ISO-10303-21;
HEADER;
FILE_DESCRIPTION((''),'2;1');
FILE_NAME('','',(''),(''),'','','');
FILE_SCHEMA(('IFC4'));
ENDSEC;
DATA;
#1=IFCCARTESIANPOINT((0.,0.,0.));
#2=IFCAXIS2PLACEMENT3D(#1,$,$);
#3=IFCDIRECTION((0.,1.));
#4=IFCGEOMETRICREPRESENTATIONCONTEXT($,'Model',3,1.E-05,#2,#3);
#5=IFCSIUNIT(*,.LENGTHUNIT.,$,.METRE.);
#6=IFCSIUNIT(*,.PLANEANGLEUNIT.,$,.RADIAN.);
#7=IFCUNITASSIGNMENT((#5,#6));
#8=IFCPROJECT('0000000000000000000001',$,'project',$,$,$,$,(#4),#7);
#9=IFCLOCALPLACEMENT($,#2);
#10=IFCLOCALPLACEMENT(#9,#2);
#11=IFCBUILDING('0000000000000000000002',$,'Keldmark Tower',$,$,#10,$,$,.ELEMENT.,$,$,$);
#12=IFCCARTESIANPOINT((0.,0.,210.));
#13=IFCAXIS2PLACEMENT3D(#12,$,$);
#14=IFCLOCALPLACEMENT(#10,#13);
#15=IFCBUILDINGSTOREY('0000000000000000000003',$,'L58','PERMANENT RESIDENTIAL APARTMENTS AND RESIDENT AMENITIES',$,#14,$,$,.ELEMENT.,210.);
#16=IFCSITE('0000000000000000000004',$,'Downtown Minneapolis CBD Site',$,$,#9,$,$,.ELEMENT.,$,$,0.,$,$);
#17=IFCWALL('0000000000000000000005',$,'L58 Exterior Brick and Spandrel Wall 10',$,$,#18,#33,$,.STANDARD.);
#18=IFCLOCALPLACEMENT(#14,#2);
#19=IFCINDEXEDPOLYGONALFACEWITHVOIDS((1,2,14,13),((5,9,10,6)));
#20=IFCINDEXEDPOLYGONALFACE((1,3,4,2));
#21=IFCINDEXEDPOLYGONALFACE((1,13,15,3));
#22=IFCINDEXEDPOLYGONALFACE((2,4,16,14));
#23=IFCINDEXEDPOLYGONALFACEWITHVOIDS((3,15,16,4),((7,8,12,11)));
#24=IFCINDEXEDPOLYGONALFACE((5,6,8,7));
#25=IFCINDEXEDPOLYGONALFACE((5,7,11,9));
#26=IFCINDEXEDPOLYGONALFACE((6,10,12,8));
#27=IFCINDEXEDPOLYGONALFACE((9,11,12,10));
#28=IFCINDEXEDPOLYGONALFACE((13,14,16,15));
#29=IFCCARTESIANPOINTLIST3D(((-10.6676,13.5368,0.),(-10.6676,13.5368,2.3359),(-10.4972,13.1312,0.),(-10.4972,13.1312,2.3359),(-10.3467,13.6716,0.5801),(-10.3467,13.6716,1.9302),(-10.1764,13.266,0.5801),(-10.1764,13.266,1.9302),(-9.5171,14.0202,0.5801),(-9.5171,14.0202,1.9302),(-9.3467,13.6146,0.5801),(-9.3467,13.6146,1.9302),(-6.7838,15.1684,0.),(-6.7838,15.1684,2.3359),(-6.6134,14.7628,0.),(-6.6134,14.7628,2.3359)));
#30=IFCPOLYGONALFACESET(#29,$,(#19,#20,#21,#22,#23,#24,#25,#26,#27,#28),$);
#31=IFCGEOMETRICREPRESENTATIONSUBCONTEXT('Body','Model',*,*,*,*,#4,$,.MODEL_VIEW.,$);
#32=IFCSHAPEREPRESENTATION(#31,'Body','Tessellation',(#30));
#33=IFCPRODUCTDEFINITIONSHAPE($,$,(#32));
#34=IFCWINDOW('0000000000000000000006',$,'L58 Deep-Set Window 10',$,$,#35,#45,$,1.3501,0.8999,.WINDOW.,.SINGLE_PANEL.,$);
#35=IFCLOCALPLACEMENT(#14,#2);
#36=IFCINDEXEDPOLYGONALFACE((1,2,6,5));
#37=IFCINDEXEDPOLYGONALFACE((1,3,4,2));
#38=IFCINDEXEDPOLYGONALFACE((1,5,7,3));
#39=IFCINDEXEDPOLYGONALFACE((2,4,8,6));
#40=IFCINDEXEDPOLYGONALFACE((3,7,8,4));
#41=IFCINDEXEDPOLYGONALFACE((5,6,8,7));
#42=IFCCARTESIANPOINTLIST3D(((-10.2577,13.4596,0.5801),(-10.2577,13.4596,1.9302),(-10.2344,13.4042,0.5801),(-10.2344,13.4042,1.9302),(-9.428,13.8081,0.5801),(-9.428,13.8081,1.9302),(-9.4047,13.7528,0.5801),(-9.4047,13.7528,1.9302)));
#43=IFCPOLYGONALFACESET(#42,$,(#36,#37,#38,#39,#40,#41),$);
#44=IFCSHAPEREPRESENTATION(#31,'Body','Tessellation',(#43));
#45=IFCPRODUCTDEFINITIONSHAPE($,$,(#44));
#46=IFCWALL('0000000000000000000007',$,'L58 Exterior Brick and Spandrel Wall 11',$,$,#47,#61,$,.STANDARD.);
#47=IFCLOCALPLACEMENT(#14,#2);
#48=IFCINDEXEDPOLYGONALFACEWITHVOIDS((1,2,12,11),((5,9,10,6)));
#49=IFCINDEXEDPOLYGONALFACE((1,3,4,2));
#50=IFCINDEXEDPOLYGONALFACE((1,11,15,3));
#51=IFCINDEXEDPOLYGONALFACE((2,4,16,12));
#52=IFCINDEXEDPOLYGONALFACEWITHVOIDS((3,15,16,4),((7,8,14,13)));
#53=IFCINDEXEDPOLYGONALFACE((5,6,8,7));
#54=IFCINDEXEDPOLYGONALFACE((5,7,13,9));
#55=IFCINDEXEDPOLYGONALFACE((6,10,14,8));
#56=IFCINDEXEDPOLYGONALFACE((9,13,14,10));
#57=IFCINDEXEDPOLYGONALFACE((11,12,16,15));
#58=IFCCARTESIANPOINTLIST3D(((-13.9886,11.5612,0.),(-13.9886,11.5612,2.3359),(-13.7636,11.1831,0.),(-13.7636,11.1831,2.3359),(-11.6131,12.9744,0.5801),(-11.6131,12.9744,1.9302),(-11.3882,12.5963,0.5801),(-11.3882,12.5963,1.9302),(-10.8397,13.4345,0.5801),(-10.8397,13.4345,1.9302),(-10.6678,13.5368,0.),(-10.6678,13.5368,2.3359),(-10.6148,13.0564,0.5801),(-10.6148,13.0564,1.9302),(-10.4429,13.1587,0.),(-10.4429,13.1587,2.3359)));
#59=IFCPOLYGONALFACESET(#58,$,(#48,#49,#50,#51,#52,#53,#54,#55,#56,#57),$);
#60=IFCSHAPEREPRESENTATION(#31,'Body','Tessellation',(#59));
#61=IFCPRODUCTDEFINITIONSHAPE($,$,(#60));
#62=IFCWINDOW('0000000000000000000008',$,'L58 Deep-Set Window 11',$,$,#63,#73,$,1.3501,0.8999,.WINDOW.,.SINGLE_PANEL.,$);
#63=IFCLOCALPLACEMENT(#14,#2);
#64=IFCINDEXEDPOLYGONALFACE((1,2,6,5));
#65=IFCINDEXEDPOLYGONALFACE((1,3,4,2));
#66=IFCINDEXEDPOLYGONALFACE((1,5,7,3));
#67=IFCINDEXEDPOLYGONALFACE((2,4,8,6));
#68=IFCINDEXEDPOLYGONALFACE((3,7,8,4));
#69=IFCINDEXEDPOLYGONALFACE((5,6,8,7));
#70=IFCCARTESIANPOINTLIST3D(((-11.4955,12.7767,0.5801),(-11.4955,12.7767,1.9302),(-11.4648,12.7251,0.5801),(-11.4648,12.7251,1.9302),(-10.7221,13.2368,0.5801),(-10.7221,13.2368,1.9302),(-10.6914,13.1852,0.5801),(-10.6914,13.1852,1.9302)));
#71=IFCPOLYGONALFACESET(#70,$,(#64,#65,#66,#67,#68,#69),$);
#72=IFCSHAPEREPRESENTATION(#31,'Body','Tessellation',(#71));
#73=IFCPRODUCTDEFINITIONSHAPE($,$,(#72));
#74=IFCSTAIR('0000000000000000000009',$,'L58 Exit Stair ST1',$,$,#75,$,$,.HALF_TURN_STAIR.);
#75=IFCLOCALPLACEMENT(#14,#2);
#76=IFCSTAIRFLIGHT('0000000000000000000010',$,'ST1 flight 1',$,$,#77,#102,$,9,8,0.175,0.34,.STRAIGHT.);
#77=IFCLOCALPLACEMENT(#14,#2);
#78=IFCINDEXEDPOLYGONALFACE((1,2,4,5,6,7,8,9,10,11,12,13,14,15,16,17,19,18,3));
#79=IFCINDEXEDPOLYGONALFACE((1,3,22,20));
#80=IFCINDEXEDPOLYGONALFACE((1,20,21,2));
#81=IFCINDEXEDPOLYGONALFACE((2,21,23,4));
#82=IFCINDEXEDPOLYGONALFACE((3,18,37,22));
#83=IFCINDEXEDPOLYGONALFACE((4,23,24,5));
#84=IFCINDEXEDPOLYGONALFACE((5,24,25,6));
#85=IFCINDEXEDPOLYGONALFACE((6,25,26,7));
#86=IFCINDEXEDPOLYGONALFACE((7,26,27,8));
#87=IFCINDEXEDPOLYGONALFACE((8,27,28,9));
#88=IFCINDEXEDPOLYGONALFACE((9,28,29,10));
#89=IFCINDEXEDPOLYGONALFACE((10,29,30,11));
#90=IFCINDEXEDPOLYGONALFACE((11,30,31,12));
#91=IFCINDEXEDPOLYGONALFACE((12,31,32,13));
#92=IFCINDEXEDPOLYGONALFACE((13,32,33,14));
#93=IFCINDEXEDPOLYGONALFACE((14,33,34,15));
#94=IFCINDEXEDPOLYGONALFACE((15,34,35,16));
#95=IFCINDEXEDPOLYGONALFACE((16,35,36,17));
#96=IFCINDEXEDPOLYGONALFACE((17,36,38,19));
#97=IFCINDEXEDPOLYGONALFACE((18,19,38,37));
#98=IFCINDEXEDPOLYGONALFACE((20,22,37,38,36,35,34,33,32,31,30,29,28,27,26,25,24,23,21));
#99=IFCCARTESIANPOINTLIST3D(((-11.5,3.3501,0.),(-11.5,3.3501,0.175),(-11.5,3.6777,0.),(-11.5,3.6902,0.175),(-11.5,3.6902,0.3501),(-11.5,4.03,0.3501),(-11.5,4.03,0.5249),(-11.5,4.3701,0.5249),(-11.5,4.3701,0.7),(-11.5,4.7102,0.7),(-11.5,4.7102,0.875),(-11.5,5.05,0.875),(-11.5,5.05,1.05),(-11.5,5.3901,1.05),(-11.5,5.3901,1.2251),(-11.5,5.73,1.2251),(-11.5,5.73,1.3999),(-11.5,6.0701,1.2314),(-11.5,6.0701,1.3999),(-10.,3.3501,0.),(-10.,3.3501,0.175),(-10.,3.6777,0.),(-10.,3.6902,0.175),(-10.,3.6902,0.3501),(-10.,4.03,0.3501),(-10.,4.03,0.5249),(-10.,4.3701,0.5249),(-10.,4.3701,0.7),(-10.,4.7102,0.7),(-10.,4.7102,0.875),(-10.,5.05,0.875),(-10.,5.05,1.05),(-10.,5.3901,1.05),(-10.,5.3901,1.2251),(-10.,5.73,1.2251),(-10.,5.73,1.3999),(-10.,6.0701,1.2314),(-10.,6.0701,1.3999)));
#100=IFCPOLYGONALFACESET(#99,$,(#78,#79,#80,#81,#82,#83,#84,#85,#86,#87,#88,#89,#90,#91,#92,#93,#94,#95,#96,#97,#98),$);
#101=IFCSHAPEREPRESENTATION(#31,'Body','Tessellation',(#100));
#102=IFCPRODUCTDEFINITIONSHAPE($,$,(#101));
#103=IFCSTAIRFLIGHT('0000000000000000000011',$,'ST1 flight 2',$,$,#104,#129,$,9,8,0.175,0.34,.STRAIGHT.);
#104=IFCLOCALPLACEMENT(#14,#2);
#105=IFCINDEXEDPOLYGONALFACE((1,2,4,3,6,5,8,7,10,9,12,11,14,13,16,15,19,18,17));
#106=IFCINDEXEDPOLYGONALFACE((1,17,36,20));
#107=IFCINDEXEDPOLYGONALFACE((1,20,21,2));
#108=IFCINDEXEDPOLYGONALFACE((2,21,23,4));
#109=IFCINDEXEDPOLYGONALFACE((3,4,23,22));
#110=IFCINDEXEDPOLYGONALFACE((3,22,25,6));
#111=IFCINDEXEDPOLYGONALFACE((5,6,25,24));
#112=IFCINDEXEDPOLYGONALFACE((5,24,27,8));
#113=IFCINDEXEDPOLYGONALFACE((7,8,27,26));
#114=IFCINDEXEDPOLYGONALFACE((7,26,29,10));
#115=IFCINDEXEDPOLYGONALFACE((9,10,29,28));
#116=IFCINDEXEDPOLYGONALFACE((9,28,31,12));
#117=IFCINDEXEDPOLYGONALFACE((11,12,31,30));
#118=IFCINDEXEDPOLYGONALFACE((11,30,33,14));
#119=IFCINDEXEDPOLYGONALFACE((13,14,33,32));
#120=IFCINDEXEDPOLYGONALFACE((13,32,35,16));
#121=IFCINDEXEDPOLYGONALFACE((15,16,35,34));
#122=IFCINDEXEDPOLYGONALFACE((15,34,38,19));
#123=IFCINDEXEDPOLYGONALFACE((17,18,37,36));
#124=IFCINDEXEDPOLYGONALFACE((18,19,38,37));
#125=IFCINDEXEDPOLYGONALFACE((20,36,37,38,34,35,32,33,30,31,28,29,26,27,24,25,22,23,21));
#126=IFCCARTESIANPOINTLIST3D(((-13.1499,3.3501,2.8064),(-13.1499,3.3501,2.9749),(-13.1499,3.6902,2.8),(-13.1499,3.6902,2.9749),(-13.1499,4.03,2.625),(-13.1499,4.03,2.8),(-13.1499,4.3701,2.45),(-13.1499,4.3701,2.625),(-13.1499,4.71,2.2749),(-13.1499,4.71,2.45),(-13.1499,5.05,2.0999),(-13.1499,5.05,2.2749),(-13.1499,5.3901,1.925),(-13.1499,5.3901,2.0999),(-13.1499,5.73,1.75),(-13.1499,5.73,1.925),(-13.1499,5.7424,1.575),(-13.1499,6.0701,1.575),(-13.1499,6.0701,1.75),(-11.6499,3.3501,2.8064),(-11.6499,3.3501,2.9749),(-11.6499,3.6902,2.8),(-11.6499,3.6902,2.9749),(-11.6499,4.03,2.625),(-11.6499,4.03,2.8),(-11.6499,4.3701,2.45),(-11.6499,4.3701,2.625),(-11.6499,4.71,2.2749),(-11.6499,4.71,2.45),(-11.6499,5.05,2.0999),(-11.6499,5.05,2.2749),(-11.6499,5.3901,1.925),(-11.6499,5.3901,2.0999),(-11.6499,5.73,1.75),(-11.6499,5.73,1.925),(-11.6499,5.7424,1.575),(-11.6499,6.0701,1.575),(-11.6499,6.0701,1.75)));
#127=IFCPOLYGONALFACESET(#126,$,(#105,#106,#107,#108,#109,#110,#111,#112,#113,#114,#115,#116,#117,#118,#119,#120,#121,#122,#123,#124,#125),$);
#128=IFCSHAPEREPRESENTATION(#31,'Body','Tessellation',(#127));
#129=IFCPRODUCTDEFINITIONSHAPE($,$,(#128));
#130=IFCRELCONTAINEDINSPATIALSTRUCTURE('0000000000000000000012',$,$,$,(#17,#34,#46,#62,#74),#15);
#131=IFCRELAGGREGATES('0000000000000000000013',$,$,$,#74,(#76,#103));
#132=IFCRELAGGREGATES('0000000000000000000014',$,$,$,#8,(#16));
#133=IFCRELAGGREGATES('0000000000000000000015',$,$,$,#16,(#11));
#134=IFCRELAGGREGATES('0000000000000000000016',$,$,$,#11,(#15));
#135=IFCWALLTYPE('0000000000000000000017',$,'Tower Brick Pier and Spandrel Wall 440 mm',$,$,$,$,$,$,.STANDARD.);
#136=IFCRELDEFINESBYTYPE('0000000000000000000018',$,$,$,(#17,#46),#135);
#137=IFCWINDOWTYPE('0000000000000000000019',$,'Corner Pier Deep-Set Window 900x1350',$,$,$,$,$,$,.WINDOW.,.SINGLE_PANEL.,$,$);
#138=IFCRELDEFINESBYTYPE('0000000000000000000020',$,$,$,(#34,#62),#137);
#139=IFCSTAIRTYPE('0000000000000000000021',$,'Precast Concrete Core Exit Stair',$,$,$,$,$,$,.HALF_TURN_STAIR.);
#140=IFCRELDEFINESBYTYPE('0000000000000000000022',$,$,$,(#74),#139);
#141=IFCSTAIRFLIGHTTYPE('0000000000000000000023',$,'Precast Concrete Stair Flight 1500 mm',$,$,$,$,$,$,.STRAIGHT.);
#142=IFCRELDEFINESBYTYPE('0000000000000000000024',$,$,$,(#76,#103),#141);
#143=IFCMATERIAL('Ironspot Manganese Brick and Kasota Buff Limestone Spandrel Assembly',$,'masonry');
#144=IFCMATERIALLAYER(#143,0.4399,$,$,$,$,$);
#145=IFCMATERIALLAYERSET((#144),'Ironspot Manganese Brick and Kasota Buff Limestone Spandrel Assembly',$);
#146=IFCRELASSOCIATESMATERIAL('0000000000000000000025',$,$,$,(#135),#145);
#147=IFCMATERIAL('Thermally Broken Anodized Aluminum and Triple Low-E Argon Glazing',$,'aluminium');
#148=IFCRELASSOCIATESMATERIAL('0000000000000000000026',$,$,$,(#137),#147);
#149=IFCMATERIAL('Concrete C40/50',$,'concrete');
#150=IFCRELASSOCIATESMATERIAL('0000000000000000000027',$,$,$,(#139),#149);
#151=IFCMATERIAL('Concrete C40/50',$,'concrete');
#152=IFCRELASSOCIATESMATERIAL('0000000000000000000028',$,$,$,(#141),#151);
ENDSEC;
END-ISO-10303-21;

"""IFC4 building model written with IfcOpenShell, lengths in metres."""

from ifc_helpers import new_model, si_unit, direction, frame, frame_2d, origin, place, context, subcontext, project, spatial, polyline, rectangle, outline, extrude, material, layer, layer_set, type_object, element, fill, aggregate, save


model = new_model("IFC4")

# Units and contexts
model_context = context("Model", 3, precision=1e-05, world=origin(), true_north=direction((0.0, 1.0)))
body_context = subcontext(model_context, "Body", "Model", "MODEL_VIEW")
ifc_project = project(units=[si_unit("LENGTHUNIT", "METRE"), si_unit("PLANEANGLEUNIT", "RADIAN")], contexts=[model_context])

# Site, building, storey
site_placement = place(None, origin())
site = spatial("IfcSite", under=ifc_project, at=site_placement, Name="Downtown Minneapolis CBD Site", CompositionType="ELEMENT", RefElevation=0.0)
building_placement = place(site_placement, origin())
building = spatial("IfcBuilding", under=site, at=building_placement, Name="Keldmark Tower", CompositionType="ELEMENT")
storey_placement = place(building_placement, frame((0.0, 0.0, 210.0)))
storey = spatial("IfcBuildingStorey", under=building, at=storey_placement, Name="L58", Description="PERMANENT RESIDENTIAL APARTMENTS AND RESIDENT AMENITIES", CompositionType="ELEMENT", Elevation=210.0)

# Walls, openings, windows
ifc_material_1 = material(Name="Ironspot Manganese Brick and Kasota Buff Limestone Spandrel Assembly", Category="masonry")
ifc_layer_1 = layer(ifc_material_1, 0.4399)
ifc_layer_set_1 = layer_set([ifc_layer_1], Name="Ironspot Manganese Brick and Kasota Buff Limestone Spandrel Assembly")
wall_type_1 = type_object("IfcWallType", Name="Tower Brick Pier and Spandrel Wall 440 mm", PredefinedType="STANDARD", material=ifc_layer_set_1)
wall_1_placement = place(storey_placement, frame((-10.5825, 13.334, 0.0), z_axis=(0.0, 0.0, 1.0), x_axis=(0.921948, 0.387313, 0.0)))
wall_1 = element("IfcWall", 1, at=wall_1_placement, inside=storey, type_object=wall_type_1, Name="L58 Exterior Brick and Spandrel Wall 10", PredefinedType="STANDARD", context=body_context, shape_type="SweptSolid", body=[
    extrude(rectangle(XDim=4.2126, YDim=0.4399, at=frame_2d((2.1064, 0.0))), origin(), (0.0, 0.0, 1.0), 2.3359),
])
opening_1_placement = place(wall_1_placement, frame((0.3481, 0.0, 0.5801)))
opening_1 = element("IfcOpeningElement", 2, at=opening_1_placement, cuts=wall_1, PredefinedType="OPENING", context=body_context, shape_type="SweptSolid", body=[
    extrude(rectangle(XDim=0.8999, YDim=1.3501, at=frame_2d((0.45, 0.675))), frame((0.0, 0.23, 0.0), z_axis=(0.0, -1.0, 0.0), x_axis=(1.0, 0.0, 0.0)), (0.0, 0.0, 1.0), 0.46),
])
ifc_material_2 = material(Name="Thermally Broken Anodized Aluminum and Triple Low-E Argon Glazing", Category="aluminium")
window_type = type_object("IfcWindowType", Name="Corner Pier Deep-Set Window 900x1350", PartitioningType="SINGLE_PANEL", PredefinedType="WINDOW", material=ifc_material_2)
window_1_placement = place(opening_1_placement, origin())
window_1 = element("IfcWindow", 3, at=window_1_placement, inside=storey, type_object=window_type, Name="L58 Deep-Set Window 10", OverallHeight=1.3501, OverallWidth=0.8999, PartitioningType="SINGLE_PANEL", PredefinedType="WINDOW", context=body_context, shape_type="SweptSolid", body=[
    extrude(rectangle(XDim=0.8999, YDim=1.3501, at=frame_2d((0.45, 0.675))), frame((0.0, -0.01, 0.0), z_axis=(0.0, -1.0, 0.0), x_axis=(1.0, 0.0, 0.0)), (0.0, 0.0, 1.0), 0.0601),
])
fill(opening_1, window_1)
wall_2_placement = place(storey_placement, frame((-13.8762, 11.3721, 0.0), z_axis=(0.0, 0.0, 1.0), x_axis=(0.859416, 0.511277, 0.0)))
wall_2 = element("IfcWall", 4, at=wall_2_placement, inside=storey, type_object=wall_type_1, Name="L58 Exterior Brick and Spandrel Wall 11", PredefinedType="STANDARD", context=body_context, shape_type="SweptSolid", body=[
    extrude(rectangle(XDim=3.864, YDim=0.4399, at=frame_2d((1.9321, 0.0))), origin(), (0.0, 0.0, 1.0), 2.3359),
])
opening_2_placement = place(wall_2_placement, frame((2.7642, 0.0, 0.5801)))
opening_2 = element("IfcOpeningElement", 5, at=opening_2_placement, cuts=wall_2, PredefinedType="OPENING", context=body_context, shape_type="SweptSolid", body=[
    extrude(rectangle(XDim=0.8999, YDim=1.3501, at=frame_2d((0.45, 0.675))), frame((0.0, 0.23, 0.0), z_axis=(0.0, -1.0, 0.0), x_axis=(1.0, 0.0, 0.0)), (0.0, 0.0, 1.0), 0.46),
])
window_2_placement = place(opening_2_placement, origin())
window_2 = element("IfcWindow", 6, at=window_2_placement, inside=storey, type_object=window_type, Name="L58 Deep-Set Window 11", OverallHeight=1.3501, OverallWidth=0.8999, PartitioningType="SINGLE_PANEL", PredefinedType="WINDOW", context=body_context, shape_type="SweptSolid", body=[
    extrude(rectangle(XDim=0.8999, YDim=1.3501, at=frame_2d((0.45, 0.675))), frame((0.0, -0.01, 0.0), z_axis=(0.0, -1.0, 0.0), x_axis=(1.0, 0.0, 0.0)), (0.0, 0.0, 1.0), 0.0601),
])
fill(opening_2, window_2)

# Stair, stair flights
ifc_material_3 = material(Name="Concrete C40/50", Category="concrete")
stair_type = type_object("IfcStairType", Name="Precast Concrete Core Exit Stair", PredefinedType="HALF_TURN_STAIR", material=ifc_material_3)
stair_placement = place(storey_placement, origin())
stair = element("IfcStair", 7, at=stair_placement, inside=storey, type_object=stair_type, Name="L58 Exit Stair ST1", PredefinedType="HALF_TURN_STAIR")
ifc_material_4 = material(Name="Concrete C40/50", Category="concrete")
stair_flight_type = type_object("IfcStairFlightType", Name="Precast Concrete Stair Flight 1500 mm", PredefinedType="STRAIGHT", material=ifc_material_4)
stair_flight_1_placement = place(storey_placement, frame((-10.75, 3.3501, 0.0), z_axis=(0.0, 0.0, 1.0), x_axis=(0.0, 1.0, 0.0)))
stair_flight_1 = element("IfcStairFlight", 8, at=stair_flight_1_placement, type_object=stair_flight_type, Name="ST1 flight 1", NumberOfRisers=9, NumberOfTreads=8, PredefinedType="STRAIGHT", RiserHeight=0.175, TreadLength=0.34, context=body_context, shape_type="SweptSolid", body=[
    extrude(outline(polyline([(0.0, 0.0), (0.0, 0.175), (0.3401, 0.175), (0.3401, 0.3501), (0.6799, 0.3501), (0.6799, 0.5249), (1.02, 0.5249), (1.02, 0.7), (1.3601, 0.7), (1.3601, 0.875), (1.7, 0.875), (1.7, 1.05), (2.04, 1.05), (2.04, 1.2251), (2.3799, 1.2251), (2.3799, 1.3999), (2.72, 1.3999), (2.72, 1.575), (2.72, 1.2314), (0.3276, 0.0), (0.0, 0.0)])), frame((0.0, 0.75, 0.0), z_axis=(0.0, -1.0, 0.0), x_axis=(1.0, 0.0, 0.0)), (0.0, 0.0, 1.0), 1.5),
])
stair_flight_2_placement = place(storey_placement, frame((-12.3999, 6.0701, 1.575), z_axis=(0.0, 0.0, 1.0), x_axis=(0.0, -1.0, 0.0)))
stair_flight_2 = element("IfcStairFlight", 9, at=stair_flight_2_placement, type_object=stair_flight_type, Name="ST1 flight 2", NumberOfRisers=9, NumberOfTreads=8, PredefinedType="STRAIGHT", RiserHeight=0.175, TreadLength=0.34, context=body_context, shape_type="SweptSolid", body=[
    extrude(outline(polyline([(0.0, 0.0), (0.0, 0.175), (0.3401, 0.175), (0.3401, 0.3501), (0.6799, 0.3501), (0.6799, 0.5249), (1.02, 0.5249), (1.02, 0.7), (1.3601, 0.7), (1.3601, 0.875), (1.7, 0.875), (1.7, 1.05), (2.04, 1.05), (2.04, 1.2251), (2.3799, 1.2251), (2.3799, 1.3999), (2.72, 1.3999), (2.72, 1.575), (2.72, 1.2314), (0.3276, 0.0), (0.0, 0.0)])), frame((0.0, 0.75, 0.0), z_axis=(0.0, -1.0, 0.0), x_axis=(1.0, 0.0, 0.0)), (0.0, 0.0, 1.0), 1.5),
])
aggregate(stair, [stair_flight_1, stair_flight_2])

save(model, "model.ifc")
